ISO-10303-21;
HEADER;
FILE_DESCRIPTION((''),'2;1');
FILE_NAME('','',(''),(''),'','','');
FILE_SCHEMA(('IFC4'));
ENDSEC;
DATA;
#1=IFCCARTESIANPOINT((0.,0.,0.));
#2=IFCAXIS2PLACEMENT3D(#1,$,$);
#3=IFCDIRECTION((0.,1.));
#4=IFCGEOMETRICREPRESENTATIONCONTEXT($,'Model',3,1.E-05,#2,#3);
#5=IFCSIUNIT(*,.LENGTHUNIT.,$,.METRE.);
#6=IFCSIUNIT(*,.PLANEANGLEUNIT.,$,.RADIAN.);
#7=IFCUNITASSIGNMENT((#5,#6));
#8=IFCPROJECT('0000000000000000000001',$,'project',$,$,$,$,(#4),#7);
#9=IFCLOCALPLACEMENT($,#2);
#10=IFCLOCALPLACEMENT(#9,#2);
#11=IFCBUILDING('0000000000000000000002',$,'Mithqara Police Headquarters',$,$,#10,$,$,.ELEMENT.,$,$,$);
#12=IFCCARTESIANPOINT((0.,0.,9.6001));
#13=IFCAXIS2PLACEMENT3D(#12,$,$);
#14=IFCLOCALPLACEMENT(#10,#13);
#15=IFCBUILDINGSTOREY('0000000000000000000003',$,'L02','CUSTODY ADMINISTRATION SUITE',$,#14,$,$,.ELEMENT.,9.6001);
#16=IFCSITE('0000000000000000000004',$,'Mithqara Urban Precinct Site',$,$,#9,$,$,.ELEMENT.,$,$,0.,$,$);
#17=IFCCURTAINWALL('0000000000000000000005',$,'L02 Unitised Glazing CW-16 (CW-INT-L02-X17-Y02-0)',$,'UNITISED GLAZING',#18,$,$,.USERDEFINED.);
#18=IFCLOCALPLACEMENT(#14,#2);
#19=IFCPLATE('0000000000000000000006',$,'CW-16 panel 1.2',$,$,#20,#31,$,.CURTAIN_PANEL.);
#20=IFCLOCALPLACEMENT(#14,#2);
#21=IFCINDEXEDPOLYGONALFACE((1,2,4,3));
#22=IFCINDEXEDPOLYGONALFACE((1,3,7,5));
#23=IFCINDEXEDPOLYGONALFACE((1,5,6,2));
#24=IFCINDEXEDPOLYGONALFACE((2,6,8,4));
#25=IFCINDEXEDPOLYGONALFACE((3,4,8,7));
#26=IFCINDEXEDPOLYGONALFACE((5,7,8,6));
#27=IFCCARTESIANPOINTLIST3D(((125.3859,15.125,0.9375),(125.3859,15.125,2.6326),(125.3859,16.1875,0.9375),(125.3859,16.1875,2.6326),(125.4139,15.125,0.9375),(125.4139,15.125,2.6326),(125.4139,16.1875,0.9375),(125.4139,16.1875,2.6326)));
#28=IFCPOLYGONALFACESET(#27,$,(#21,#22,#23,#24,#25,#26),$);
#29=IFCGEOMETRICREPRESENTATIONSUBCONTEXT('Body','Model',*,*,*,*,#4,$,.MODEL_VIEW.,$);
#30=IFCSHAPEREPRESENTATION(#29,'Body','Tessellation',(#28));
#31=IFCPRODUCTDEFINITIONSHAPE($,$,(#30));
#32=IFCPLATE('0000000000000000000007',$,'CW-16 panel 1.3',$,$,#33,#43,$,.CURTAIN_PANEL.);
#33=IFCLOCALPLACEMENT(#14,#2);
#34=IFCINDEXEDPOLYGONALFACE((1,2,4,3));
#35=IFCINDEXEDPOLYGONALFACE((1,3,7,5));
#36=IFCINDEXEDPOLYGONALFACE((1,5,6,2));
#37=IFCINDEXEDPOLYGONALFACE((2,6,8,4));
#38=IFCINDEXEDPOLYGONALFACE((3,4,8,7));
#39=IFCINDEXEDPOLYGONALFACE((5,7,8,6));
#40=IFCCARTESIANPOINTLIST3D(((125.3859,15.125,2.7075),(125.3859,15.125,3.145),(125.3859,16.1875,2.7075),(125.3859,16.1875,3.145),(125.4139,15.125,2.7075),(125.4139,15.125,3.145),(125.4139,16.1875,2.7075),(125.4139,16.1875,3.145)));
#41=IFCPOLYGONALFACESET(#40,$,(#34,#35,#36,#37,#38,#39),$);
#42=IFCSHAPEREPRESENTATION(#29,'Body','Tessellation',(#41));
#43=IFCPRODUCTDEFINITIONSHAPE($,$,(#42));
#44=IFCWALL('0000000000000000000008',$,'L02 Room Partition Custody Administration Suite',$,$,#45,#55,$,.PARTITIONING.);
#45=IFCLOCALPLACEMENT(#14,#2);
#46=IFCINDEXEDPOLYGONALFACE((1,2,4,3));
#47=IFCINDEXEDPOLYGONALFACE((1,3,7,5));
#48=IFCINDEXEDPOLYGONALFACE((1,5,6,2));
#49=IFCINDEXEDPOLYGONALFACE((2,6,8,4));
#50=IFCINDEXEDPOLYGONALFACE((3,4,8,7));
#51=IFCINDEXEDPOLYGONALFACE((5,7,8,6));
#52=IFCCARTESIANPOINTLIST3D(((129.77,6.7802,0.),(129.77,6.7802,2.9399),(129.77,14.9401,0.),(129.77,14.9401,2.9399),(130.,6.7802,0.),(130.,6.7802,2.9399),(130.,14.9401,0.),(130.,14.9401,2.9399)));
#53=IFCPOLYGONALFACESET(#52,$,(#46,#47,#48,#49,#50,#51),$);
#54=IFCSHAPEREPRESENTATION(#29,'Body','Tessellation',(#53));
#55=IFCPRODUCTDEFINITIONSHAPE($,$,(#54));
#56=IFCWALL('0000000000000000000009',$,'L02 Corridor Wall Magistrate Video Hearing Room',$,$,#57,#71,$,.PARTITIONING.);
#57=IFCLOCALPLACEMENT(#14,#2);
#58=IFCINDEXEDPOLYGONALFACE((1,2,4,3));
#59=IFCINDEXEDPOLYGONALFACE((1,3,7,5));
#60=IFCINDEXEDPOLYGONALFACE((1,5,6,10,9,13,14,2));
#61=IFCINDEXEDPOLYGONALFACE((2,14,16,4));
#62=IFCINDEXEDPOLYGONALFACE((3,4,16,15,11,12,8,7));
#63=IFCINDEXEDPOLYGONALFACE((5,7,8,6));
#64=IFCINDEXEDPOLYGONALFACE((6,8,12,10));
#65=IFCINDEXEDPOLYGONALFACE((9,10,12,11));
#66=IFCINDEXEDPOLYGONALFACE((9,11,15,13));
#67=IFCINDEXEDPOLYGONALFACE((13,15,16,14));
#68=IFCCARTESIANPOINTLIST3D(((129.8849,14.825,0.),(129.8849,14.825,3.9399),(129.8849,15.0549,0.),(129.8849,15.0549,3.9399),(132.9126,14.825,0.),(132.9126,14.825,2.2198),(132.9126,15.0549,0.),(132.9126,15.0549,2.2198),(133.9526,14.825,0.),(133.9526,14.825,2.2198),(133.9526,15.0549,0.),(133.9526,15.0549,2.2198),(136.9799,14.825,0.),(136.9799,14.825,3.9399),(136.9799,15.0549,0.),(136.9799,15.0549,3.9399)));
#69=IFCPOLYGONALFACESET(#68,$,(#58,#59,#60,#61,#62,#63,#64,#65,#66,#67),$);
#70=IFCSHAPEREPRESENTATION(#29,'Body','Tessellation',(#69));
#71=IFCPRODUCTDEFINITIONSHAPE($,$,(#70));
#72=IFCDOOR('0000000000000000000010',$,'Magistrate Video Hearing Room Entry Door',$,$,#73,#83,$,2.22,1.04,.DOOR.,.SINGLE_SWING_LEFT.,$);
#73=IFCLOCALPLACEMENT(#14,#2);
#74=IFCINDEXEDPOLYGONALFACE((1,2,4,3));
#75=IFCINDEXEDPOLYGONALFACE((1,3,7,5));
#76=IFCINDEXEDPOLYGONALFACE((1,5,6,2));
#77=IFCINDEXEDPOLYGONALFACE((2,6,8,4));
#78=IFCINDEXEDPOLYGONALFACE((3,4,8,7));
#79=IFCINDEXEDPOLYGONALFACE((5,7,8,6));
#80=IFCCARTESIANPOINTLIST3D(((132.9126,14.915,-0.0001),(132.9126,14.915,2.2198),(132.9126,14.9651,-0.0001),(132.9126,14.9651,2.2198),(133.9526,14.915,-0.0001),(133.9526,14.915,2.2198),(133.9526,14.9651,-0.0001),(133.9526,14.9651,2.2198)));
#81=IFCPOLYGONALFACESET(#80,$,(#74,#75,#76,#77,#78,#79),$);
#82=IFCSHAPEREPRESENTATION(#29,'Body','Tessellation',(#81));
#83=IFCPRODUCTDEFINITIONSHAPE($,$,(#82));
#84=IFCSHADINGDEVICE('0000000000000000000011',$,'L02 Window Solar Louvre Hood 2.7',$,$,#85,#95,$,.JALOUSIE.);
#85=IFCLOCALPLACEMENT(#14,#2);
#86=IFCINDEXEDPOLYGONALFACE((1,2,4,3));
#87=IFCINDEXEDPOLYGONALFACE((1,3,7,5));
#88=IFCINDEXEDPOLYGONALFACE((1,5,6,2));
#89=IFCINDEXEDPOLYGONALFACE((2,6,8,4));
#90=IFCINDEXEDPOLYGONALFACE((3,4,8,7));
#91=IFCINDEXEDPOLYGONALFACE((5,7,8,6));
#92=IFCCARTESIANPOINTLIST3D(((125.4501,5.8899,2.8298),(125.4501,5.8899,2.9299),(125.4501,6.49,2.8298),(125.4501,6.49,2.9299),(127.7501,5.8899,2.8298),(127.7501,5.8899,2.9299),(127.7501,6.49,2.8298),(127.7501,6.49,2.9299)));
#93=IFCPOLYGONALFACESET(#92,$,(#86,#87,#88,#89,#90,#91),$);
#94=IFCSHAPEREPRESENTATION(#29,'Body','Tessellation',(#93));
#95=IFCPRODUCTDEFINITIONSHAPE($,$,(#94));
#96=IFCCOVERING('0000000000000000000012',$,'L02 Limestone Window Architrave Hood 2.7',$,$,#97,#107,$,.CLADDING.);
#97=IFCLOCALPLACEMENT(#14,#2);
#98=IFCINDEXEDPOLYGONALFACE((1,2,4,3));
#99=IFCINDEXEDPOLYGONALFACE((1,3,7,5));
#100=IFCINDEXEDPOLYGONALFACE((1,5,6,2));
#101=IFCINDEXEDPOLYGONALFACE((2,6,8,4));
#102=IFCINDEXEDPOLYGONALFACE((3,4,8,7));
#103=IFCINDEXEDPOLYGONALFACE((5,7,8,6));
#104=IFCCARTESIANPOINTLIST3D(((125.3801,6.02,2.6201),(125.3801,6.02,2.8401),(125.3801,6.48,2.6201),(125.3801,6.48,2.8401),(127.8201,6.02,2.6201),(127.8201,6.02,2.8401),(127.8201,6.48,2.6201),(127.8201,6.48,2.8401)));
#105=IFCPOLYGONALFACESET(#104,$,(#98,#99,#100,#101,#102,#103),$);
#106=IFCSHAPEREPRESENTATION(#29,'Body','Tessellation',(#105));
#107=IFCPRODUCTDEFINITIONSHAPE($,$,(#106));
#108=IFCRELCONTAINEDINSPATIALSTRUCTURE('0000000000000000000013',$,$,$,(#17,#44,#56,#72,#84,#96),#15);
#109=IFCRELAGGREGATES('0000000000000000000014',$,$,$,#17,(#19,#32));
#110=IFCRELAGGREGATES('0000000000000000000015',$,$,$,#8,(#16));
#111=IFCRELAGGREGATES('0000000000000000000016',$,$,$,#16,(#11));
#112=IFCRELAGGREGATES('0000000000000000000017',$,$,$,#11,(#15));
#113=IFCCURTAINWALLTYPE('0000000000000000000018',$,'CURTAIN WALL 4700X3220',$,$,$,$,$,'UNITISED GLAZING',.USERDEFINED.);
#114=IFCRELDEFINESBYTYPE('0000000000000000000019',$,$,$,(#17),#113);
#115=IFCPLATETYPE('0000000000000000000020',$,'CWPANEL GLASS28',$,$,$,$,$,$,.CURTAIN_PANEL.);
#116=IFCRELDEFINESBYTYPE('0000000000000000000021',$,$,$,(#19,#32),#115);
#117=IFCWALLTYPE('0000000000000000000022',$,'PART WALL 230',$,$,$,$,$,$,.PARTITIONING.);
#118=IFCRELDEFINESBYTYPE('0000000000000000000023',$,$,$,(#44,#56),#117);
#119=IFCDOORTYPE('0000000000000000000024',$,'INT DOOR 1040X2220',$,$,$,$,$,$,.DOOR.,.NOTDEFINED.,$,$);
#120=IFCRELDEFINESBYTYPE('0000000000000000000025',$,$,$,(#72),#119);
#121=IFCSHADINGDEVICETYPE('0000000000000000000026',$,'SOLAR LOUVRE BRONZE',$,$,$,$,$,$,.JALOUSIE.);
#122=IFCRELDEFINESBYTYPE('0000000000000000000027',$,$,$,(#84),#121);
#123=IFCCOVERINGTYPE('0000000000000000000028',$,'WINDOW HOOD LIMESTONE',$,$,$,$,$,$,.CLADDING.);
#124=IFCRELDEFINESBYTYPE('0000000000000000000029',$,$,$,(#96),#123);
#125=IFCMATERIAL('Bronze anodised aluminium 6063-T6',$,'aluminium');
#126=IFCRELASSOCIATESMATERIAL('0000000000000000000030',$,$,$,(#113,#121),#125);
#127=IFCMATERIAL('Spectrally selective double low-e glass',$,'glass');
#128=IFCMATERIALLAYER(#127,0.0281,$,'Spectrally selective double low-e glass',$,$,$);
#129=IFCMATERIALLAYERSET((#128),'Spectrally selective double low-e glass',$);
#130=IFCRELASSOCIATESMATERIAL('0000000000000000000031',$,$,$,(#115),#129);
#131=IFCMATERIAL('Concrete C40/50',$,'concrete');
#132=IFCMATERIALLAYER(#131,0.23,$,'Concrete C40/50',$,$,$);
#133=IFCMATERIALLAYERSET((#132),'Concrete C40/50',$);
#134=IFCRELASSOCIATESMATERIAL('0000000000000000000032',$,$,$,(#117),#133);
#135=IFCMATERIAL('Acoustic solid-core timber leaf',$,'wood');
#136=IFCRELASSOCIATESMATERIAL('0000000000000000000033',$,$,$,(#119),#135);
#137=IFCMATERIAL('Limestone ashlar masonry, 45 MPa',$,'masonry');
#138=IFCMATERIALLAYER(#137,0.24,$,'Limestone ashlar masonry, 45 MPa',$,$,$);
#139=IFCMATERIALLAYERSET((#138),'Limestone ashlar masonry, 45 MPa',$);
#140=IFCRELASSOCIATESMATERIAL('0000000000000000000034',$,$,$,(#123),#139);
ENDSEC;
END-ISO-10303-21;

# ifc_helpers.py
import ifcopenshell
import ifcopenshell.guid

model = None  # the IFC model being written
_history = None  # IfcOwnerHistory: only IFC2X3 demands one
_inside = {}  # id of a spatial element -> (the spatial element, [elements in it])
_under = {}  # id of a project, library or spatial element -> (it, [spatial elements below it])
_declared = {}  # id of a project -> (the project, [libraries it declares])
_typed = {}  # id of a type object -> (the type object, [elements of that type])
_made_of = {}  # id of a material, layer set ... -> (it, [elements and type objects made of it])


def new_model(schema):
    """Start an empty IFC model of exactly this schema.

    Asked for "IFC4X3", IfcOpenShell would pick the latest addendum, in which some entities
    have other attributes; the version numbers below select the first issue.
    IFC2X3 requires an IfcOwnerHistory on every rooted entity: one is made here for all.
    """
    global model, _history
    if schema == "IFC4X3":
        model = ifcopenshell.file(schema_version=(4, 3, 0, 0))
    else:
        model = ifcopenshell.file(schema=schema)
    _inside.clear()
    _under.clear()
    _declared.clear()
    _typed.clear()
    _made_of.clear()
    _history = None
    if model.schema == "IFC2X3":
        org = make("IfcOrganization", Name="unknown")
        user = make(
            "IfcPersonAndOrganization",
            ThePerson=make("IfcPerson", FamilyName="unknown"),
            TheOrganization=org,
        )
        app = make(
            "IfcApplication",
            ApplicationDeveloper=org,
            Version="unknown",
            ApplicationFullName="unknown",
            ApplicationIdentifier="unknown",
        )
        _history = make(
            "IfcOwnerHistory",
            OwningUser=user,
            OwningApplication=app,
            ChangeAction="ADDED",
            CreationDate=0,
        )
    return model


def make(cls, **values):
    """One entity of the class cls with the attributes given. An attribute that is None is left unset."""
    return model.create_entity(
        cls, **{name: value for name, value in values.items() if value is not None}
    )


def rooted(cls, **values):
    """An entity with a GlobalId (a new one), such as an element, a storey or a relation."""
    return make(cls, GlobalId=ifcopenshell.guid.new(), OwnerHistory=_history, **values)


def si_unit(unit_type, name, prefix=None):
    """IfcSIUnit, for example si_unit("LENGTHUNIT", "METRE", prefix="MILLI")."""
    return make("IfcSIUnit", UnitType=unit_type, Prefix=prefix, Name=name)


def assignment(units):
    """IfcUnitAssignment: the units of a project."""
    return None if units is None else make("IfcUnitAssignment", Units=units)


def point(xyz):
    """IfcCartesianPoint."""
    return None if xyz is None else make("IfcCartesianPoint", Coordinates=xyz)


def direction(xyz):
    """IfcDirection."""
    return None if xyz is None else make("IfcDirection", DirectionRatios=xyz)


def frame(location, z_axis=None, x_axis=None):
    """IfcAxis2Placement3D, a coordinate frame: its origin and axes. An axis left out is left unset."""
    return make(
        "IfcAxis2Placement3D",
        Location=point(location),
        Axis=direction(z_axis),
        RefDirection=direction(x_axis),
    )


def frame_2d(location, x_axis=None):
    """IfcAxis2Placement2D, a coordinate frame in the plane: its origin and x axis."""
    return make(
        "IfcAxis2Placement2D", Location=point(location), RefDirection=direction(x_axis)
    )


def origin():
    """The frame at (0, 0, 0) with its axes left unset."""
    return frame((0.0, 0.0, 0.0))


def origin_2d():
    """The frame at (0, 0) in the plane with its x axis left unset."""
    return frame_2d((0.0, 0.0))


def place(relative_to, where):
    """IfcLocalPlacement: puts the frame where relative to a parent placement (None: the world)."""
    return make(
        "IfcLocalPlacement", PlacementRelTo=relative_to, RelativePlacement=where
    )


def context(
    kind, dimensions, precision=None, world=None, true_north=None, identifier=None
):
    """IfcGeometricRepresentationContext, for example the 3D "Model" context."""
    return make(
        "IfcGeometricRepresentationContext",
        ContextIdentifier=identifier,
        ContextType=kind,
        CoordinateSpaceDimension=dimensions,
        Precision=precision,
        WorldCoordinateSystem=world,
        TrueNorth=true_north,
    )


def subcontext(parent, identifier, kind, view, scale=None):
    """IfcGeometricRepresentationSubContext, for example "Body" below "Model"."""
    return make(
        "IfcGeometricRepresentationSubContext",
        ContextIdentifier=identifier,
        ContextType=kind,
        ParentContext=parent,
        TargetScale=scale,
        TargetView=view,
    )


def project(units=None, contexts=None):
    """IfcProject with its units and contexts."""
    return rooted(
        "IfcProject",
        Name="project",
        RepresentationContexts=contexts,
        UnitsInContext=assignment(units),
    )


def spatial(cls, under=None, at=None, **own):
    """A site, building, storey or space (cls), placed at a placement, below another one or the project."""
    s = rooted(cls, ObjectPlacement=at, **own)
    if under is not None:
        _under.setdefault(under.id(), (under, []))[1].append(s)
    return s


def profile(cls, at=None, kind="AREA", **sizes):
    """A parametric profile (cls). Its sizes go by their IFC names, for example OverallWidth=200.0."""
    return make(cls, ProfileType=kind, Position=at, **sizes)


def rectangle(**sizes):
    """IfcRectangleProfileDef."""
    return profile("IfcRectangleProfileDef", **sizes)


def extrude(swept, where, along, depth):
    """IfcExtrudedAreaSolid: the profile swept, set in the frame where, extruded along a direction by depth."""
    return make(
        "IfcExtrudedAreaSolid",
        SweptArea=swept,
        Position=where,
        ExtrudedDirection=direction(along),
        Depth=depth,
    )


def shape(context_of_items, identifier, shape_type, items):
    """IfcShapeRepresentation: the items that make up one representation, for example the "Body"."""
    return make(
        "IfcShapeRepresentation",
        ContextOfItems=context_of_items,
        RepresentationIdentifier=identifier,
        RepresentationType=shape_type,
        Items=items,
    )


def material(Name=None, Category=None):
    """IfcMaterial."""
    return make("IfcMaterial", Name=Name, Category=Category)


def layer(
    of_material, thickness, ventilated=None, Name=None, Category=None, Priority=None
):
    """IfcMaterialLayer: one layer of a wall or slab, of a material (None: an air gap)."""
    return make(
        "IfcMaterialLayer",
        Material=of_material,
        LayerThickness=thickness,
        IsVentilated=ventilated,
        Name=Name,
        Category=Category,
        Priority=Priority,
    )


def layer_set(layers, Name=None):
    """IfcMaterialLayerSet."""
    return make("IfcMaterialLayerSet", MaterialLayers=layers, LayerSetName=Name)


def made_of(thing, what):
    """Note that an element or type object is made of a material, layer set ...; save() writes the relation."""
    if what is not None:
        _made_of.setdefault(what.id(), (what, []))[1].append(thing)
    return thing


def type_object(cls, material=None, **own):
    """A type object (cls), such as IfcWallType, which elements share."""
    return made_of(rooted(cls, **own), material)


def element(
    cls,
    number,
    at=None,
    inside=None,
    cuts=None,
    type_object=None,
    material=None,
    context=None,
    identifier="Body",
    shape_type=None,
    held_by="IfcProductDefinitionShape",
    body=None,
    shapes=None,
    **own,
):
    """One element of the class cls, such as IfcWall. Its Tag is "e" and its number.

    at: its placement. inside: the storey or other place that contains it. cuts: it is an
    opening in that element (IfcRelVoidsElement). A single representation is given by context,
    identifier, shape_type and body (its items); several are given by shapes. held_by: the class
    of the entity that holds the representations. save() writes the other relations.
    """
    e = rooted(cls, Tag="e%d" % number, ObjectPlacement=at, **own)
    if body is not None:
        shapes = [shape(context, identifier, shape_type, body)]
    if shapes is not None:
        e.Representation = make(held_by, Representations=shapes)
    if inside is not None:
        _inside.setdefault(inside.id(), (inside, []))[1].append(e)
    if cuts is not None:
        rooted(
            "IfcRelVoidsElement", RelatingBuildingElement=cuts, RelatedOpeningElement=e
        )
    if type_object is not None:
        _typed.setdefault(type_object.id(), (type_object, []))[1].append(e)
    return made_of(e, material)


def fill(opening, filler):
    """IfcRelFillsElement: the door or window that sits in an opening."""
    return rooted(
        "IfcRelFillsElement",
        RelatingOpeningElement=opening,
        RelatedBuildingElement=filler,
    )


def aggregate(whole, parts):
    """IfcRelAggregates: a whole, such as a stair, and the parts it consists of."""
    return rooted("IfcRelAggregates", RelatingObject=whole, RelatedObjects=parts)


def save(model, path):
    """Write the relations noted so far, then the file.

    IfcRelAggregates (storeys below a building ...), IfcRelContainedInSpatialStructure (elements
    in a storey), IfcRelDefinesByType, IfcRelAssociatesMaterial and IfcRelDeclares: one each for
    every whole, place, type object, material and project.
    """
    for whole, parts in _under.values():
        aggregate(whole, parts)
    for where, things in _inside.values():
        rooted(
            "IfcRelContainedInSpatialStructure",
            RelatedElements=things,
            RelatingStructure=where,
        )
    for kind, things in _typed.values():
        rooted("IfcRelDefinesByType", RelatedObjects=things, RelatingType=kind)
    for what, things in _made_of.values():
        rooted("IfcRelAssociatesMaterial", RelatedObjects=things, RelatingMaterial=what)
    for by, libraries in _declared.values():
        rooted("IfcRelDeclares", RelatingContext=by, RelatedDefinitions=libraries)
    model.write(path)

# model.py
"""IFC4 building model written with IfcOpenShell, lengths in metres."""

from ifc_helpers import new_model, si_unit, direction, frame, frame_2d, origin, origin_2d, place, context, subcontext, project, spatial, rectangle, extrude, material, layer, layer_set, type_object, element, fill, aggregate, save


model = new_model("IFC4")

# Units and contexts
model_context = context("Model", 3, precision=1e-05, world=origin(), true_north=direction((0.0, 1.0)))
body_context = subcontext(model_context, "Body", "Model", "MODEL_VIEW")
ifc_project = project(units=[si_unit("LENGTHUNIT", "METRE"), si_unit("PLANEANGLEUNIT", "RADIAN")], contexts=[model_context])

# Site, building, storey
site_placement = place(None, origin())
site = spatial("IfcSite", under=ifc_project, at=site_placement, Name="Mithqara Urban Precinct Site", CompositionType="ELEMENT", RefElevation=0.0)
building_placement = place(site_placement, origin())
building = spatial("IfcBuilding", under=site, at=building_placement, Name="Mithqara Police Headquarters", CompositionType="ELEMENT")
storey_placement = place(building_placement, frame((0.0, 0.0, 9.6001)))
storey = spatial("IfcBuildingStorey", under=building, at=storey_placement, Name="L02", Description="CUSTODY ADMINISTRATION SUITE", CompositionType="ELEMENT", Elevation=9.6001)

# Shared definitions
ifc_material_1 = material(Name="Concrete C40/50", Category="concrete")

# Curtain wall, plates
ifc_material_2 = material(Name="Bronze anodised aluminium 6063-T6", Category="aluminium")
curtain_wall_type = type_object("IfcCurtainWallType", Name="CURTAIN WALL 4700X3220", ElementType="UNITISED GLAZING", PredefinedType="USERDEFINED", material=ifc_material_2)
curtain_wall_placement = place(storey_placement, origin())
curtain_wall = element("IfcCurtainWall", 1, at=curtain_wall_placement, inside=storey, type_object=curtain_wall_type, Name="L02 Unitised Glazing CW-16 (CW-INT-L02-X17-Y02-0)", ObjectType="UNITISED GLAZING", PredefinedType="USERDEFINED")
ifc_material_3 = material(Name="Spectrally selective double low-e glass", Category="glass")
ifc_layer_1 = layer(ifc_material_3, 0.0281, Name="Spectrally selective double low-e glass")
ifc_layer_set_1 = layer_set([ifc_layer_1], Name="Spectrally selective double low-e glass")
plate_type = type_object("IfcPlateType", Name="CWPANEL GLASS28", PredefinedType="CURTAIN_PANEL", material=ifc_layer_set_1)
plate_1_placement = place(storey_placement, frame((125.3999, 15.6562, 0.9375), z_axis=(0.0, 0.0, 1.0), x_axis=(0.0, 1.0, 0.0)))
plate_1 = element("IfcPlate", 2, at=plate_1_placement, type_object=plate_type, Name="CW-16 panel 1.2", PredefinedType="CURTAIN_PANEL", context=body_context, shape_type="SweptSolid", body=[
    extrude(rectangle(XDim=1.0625, YDim=0.0281, at=origin_2d()), origin(), (0.0, 0.0, 1.0), 1.6951),
])
plate_2_placement = place(storey_placement, frame((125.3999, 15.6562, 2.7075), z_axis=(0.0, 0.0, 1.0), x_axis=(0.0, 1.0, 0.0)))
plate_2 = element("IfcPlate", 3, at=plate_2_placement, type_object=plate_type, Name="CW-16 panel 1.3", PredefinedType="CURTAIN_PANEL", context=body_context, shape_type="SweptSolid", body=[
    extrude(rectangle(XDim=1.0625, YDim=0.0281, at=origin_2d()), origin(), (0.0, 0.0, 1.0), 0.4375),
])
aggregate(curtain_wall, [plate_1, plate_2])

# Wall
ifc_layer_2 = layer(ifc_material_1, 0.23, Name="Concrete C40/50")
ifc_layer_set_2 = layer_set([ifc_layer_2], Name="Concrete C40/50")
wall_type = type_object("IfcWallType", Name="PART WALL 230", PredefinedType="PARTITIONING", material=ifc_layer_set_2)
wall_1_placement = place(storey_placement, frame((129.885, 6.78, 0.0), z_axis=(0.0, 0.0, 1.0), x_axis=(0.0, 1.0, 0.0)))
element("IfcWall", 4, at=wall_1_placement, inside=storey, type_object=wall_type, Name="L02 Room Partition Custody Administration Suite", PredefinedType="PARTITIONING", context=body_context, shape_type="SweptSolid", body=[
    extrude(rectangle(XDim=8.1599, YDim=0.23, at=frame_2d((4.0801, 0.0))), origin(), (0.0, 0.0, 1.0), 2.9399),
])

# Wall, opening, door
wall_2_placement = place(storey_placement, frame((129.885, 14.9399, 0.0), z_axis=(0.0, 0.0, 1.0), x_axis=(1.0, 0.0, 0.0)))
wall_2 = element("IfcWall", 5, at=wall_2_placement, inside=storey, type_object=wall_type, Name="L02 Corridor Wall Magistrate Video Hearing Room", PredefinedType="PARTITIONING", context=body_context, shape_type="SweptSolid", body=[
    extrude(rectangle(XDim=7.095, YDim=0.23, at=frame_2d((3.5474, 0.0))), origin(), (0.0, 0.0, 1.0), 3.9399),
])
opening_placement = place(wall_2_placement, frame((3.0276, 0.0, 0.0)))
opening = element("IfcOpeningElement", 6, at=opening_placement, cuts=wall_2, PredefinedType="OPENING", context=body_context, shape_type="SweptSolid", body=[
    extrude(rectangle(XDim=1.04, YDim=2.22, at=frame_2d((0.52, 1.1099))), frame((0.0, 0.125, 0.0), z_axis=(0.0, -1.0, 0.0), x_axis=(1.0, 0.0, 0.0)), (0.0, 0.0, 1.0), 0.25),
])
ifc_material_4 = material(Name="Acoustic solid-core timber leaf", Category="wood")
door_type = type_object("IfcDoorType", Name="INT DOOR 1040X2220", OperationType="NOTDEFINED", PredefinedType="DOOR", material=ifc_material_4)
door_placement = place(opening_placement, frame((1.04, 0.0, 0.0), z_axis=(0.0, 0.0, 1.0), x_axis=(-1.0, 0.0, 0.0)))
door = element("IfcDoor", 7, at=door_placement, inside=storey, type_object=door_type, Name="Magistrate Video Hearing Room Entry Door", OperationType="SINGLE_SWING_LEFT", OverallHeight=2.22, OverallWidth=1.04, PredefinedType="DOOR", context=body_context, shape_type="SweptSolid", body=[
    extrude(rectangle(XDim=1.04, YDim=2.22, at=frame_2d((0.52, 1.1099))), frame((0.0, 0.0249, 0.0), z_axis=(0.0, -1.0, 0.0), x_axis=(1.0, 0.0, 0.0)), (0.0, 0.0, 1.0), 0.05),
])
fill(opening, door)

# Shading device
shading_device_type = type_object("IfcShadingDeviceType", Name="SOLAR LOUVRE BRONZE", PredefinedType="JALOUSIE", material=ifc_material_2)
shading_device_placement = place(storey_placement, frame((126.6001, 6.1899, 2.8298), z_axis=(0.0, 0.0, 1.0), x_axis=(1.0, 0.0, 0.0)))
element("IfcShadingDevice", 8, at=shading_device_placement, inside=storey, type_object=shading_device_type, Name="L02 Window Solar Louvre Hood 2.7", PredefinedType="JALOUSIE", context=body_context, shape_type="SweptSolid", body=[
    extrude(rectangle(XDim=2.3, YDim=0.6001, at=origin_2d()), origin(), (0.0, 0.0, 1.0), 0.1001),
])

# Covering
ifc_material_5 = material(Name="Limestone ashlar masonry, 45 MPa", Category="masonry")
ifc_layer_3 = layer(ifc_material_5, 0.24, Name="Limestone ashlar masonry, 45 MPa")
ifc_layer_set_3 = layer_set([ifc_layer_3], Name="Limestone ashlar masonry, 45 MPa")
covering_type = type_object("IfcCoveringType", Name="WINDOW HOOD LIMESTONE", PredefinedType="CLADDING", material=ifc_layer_set_3)
covering_placement = place(storey_placement, frame((126.6001, 6.25, 2.6201), z_axis=(0.0, 0.0, 1.0), x_axis=(1.0, 0.0, 0.0)))
element("IfcCovering", 9, at=covering_placement, inside=storey, type_object=covering_type, Name="L02 Limestone Window Architrave Hood 2.7", PredefinedType="CLADDING", context=body_context, shape_type="SweptSolid", body=[
    extrude(rectangle(XDim=2.4399, YDim=0.46, at=origin_2d()), origin(), (0.0, 0.0, 1.0), 0.22),
])

save(model, "model.ifc")
